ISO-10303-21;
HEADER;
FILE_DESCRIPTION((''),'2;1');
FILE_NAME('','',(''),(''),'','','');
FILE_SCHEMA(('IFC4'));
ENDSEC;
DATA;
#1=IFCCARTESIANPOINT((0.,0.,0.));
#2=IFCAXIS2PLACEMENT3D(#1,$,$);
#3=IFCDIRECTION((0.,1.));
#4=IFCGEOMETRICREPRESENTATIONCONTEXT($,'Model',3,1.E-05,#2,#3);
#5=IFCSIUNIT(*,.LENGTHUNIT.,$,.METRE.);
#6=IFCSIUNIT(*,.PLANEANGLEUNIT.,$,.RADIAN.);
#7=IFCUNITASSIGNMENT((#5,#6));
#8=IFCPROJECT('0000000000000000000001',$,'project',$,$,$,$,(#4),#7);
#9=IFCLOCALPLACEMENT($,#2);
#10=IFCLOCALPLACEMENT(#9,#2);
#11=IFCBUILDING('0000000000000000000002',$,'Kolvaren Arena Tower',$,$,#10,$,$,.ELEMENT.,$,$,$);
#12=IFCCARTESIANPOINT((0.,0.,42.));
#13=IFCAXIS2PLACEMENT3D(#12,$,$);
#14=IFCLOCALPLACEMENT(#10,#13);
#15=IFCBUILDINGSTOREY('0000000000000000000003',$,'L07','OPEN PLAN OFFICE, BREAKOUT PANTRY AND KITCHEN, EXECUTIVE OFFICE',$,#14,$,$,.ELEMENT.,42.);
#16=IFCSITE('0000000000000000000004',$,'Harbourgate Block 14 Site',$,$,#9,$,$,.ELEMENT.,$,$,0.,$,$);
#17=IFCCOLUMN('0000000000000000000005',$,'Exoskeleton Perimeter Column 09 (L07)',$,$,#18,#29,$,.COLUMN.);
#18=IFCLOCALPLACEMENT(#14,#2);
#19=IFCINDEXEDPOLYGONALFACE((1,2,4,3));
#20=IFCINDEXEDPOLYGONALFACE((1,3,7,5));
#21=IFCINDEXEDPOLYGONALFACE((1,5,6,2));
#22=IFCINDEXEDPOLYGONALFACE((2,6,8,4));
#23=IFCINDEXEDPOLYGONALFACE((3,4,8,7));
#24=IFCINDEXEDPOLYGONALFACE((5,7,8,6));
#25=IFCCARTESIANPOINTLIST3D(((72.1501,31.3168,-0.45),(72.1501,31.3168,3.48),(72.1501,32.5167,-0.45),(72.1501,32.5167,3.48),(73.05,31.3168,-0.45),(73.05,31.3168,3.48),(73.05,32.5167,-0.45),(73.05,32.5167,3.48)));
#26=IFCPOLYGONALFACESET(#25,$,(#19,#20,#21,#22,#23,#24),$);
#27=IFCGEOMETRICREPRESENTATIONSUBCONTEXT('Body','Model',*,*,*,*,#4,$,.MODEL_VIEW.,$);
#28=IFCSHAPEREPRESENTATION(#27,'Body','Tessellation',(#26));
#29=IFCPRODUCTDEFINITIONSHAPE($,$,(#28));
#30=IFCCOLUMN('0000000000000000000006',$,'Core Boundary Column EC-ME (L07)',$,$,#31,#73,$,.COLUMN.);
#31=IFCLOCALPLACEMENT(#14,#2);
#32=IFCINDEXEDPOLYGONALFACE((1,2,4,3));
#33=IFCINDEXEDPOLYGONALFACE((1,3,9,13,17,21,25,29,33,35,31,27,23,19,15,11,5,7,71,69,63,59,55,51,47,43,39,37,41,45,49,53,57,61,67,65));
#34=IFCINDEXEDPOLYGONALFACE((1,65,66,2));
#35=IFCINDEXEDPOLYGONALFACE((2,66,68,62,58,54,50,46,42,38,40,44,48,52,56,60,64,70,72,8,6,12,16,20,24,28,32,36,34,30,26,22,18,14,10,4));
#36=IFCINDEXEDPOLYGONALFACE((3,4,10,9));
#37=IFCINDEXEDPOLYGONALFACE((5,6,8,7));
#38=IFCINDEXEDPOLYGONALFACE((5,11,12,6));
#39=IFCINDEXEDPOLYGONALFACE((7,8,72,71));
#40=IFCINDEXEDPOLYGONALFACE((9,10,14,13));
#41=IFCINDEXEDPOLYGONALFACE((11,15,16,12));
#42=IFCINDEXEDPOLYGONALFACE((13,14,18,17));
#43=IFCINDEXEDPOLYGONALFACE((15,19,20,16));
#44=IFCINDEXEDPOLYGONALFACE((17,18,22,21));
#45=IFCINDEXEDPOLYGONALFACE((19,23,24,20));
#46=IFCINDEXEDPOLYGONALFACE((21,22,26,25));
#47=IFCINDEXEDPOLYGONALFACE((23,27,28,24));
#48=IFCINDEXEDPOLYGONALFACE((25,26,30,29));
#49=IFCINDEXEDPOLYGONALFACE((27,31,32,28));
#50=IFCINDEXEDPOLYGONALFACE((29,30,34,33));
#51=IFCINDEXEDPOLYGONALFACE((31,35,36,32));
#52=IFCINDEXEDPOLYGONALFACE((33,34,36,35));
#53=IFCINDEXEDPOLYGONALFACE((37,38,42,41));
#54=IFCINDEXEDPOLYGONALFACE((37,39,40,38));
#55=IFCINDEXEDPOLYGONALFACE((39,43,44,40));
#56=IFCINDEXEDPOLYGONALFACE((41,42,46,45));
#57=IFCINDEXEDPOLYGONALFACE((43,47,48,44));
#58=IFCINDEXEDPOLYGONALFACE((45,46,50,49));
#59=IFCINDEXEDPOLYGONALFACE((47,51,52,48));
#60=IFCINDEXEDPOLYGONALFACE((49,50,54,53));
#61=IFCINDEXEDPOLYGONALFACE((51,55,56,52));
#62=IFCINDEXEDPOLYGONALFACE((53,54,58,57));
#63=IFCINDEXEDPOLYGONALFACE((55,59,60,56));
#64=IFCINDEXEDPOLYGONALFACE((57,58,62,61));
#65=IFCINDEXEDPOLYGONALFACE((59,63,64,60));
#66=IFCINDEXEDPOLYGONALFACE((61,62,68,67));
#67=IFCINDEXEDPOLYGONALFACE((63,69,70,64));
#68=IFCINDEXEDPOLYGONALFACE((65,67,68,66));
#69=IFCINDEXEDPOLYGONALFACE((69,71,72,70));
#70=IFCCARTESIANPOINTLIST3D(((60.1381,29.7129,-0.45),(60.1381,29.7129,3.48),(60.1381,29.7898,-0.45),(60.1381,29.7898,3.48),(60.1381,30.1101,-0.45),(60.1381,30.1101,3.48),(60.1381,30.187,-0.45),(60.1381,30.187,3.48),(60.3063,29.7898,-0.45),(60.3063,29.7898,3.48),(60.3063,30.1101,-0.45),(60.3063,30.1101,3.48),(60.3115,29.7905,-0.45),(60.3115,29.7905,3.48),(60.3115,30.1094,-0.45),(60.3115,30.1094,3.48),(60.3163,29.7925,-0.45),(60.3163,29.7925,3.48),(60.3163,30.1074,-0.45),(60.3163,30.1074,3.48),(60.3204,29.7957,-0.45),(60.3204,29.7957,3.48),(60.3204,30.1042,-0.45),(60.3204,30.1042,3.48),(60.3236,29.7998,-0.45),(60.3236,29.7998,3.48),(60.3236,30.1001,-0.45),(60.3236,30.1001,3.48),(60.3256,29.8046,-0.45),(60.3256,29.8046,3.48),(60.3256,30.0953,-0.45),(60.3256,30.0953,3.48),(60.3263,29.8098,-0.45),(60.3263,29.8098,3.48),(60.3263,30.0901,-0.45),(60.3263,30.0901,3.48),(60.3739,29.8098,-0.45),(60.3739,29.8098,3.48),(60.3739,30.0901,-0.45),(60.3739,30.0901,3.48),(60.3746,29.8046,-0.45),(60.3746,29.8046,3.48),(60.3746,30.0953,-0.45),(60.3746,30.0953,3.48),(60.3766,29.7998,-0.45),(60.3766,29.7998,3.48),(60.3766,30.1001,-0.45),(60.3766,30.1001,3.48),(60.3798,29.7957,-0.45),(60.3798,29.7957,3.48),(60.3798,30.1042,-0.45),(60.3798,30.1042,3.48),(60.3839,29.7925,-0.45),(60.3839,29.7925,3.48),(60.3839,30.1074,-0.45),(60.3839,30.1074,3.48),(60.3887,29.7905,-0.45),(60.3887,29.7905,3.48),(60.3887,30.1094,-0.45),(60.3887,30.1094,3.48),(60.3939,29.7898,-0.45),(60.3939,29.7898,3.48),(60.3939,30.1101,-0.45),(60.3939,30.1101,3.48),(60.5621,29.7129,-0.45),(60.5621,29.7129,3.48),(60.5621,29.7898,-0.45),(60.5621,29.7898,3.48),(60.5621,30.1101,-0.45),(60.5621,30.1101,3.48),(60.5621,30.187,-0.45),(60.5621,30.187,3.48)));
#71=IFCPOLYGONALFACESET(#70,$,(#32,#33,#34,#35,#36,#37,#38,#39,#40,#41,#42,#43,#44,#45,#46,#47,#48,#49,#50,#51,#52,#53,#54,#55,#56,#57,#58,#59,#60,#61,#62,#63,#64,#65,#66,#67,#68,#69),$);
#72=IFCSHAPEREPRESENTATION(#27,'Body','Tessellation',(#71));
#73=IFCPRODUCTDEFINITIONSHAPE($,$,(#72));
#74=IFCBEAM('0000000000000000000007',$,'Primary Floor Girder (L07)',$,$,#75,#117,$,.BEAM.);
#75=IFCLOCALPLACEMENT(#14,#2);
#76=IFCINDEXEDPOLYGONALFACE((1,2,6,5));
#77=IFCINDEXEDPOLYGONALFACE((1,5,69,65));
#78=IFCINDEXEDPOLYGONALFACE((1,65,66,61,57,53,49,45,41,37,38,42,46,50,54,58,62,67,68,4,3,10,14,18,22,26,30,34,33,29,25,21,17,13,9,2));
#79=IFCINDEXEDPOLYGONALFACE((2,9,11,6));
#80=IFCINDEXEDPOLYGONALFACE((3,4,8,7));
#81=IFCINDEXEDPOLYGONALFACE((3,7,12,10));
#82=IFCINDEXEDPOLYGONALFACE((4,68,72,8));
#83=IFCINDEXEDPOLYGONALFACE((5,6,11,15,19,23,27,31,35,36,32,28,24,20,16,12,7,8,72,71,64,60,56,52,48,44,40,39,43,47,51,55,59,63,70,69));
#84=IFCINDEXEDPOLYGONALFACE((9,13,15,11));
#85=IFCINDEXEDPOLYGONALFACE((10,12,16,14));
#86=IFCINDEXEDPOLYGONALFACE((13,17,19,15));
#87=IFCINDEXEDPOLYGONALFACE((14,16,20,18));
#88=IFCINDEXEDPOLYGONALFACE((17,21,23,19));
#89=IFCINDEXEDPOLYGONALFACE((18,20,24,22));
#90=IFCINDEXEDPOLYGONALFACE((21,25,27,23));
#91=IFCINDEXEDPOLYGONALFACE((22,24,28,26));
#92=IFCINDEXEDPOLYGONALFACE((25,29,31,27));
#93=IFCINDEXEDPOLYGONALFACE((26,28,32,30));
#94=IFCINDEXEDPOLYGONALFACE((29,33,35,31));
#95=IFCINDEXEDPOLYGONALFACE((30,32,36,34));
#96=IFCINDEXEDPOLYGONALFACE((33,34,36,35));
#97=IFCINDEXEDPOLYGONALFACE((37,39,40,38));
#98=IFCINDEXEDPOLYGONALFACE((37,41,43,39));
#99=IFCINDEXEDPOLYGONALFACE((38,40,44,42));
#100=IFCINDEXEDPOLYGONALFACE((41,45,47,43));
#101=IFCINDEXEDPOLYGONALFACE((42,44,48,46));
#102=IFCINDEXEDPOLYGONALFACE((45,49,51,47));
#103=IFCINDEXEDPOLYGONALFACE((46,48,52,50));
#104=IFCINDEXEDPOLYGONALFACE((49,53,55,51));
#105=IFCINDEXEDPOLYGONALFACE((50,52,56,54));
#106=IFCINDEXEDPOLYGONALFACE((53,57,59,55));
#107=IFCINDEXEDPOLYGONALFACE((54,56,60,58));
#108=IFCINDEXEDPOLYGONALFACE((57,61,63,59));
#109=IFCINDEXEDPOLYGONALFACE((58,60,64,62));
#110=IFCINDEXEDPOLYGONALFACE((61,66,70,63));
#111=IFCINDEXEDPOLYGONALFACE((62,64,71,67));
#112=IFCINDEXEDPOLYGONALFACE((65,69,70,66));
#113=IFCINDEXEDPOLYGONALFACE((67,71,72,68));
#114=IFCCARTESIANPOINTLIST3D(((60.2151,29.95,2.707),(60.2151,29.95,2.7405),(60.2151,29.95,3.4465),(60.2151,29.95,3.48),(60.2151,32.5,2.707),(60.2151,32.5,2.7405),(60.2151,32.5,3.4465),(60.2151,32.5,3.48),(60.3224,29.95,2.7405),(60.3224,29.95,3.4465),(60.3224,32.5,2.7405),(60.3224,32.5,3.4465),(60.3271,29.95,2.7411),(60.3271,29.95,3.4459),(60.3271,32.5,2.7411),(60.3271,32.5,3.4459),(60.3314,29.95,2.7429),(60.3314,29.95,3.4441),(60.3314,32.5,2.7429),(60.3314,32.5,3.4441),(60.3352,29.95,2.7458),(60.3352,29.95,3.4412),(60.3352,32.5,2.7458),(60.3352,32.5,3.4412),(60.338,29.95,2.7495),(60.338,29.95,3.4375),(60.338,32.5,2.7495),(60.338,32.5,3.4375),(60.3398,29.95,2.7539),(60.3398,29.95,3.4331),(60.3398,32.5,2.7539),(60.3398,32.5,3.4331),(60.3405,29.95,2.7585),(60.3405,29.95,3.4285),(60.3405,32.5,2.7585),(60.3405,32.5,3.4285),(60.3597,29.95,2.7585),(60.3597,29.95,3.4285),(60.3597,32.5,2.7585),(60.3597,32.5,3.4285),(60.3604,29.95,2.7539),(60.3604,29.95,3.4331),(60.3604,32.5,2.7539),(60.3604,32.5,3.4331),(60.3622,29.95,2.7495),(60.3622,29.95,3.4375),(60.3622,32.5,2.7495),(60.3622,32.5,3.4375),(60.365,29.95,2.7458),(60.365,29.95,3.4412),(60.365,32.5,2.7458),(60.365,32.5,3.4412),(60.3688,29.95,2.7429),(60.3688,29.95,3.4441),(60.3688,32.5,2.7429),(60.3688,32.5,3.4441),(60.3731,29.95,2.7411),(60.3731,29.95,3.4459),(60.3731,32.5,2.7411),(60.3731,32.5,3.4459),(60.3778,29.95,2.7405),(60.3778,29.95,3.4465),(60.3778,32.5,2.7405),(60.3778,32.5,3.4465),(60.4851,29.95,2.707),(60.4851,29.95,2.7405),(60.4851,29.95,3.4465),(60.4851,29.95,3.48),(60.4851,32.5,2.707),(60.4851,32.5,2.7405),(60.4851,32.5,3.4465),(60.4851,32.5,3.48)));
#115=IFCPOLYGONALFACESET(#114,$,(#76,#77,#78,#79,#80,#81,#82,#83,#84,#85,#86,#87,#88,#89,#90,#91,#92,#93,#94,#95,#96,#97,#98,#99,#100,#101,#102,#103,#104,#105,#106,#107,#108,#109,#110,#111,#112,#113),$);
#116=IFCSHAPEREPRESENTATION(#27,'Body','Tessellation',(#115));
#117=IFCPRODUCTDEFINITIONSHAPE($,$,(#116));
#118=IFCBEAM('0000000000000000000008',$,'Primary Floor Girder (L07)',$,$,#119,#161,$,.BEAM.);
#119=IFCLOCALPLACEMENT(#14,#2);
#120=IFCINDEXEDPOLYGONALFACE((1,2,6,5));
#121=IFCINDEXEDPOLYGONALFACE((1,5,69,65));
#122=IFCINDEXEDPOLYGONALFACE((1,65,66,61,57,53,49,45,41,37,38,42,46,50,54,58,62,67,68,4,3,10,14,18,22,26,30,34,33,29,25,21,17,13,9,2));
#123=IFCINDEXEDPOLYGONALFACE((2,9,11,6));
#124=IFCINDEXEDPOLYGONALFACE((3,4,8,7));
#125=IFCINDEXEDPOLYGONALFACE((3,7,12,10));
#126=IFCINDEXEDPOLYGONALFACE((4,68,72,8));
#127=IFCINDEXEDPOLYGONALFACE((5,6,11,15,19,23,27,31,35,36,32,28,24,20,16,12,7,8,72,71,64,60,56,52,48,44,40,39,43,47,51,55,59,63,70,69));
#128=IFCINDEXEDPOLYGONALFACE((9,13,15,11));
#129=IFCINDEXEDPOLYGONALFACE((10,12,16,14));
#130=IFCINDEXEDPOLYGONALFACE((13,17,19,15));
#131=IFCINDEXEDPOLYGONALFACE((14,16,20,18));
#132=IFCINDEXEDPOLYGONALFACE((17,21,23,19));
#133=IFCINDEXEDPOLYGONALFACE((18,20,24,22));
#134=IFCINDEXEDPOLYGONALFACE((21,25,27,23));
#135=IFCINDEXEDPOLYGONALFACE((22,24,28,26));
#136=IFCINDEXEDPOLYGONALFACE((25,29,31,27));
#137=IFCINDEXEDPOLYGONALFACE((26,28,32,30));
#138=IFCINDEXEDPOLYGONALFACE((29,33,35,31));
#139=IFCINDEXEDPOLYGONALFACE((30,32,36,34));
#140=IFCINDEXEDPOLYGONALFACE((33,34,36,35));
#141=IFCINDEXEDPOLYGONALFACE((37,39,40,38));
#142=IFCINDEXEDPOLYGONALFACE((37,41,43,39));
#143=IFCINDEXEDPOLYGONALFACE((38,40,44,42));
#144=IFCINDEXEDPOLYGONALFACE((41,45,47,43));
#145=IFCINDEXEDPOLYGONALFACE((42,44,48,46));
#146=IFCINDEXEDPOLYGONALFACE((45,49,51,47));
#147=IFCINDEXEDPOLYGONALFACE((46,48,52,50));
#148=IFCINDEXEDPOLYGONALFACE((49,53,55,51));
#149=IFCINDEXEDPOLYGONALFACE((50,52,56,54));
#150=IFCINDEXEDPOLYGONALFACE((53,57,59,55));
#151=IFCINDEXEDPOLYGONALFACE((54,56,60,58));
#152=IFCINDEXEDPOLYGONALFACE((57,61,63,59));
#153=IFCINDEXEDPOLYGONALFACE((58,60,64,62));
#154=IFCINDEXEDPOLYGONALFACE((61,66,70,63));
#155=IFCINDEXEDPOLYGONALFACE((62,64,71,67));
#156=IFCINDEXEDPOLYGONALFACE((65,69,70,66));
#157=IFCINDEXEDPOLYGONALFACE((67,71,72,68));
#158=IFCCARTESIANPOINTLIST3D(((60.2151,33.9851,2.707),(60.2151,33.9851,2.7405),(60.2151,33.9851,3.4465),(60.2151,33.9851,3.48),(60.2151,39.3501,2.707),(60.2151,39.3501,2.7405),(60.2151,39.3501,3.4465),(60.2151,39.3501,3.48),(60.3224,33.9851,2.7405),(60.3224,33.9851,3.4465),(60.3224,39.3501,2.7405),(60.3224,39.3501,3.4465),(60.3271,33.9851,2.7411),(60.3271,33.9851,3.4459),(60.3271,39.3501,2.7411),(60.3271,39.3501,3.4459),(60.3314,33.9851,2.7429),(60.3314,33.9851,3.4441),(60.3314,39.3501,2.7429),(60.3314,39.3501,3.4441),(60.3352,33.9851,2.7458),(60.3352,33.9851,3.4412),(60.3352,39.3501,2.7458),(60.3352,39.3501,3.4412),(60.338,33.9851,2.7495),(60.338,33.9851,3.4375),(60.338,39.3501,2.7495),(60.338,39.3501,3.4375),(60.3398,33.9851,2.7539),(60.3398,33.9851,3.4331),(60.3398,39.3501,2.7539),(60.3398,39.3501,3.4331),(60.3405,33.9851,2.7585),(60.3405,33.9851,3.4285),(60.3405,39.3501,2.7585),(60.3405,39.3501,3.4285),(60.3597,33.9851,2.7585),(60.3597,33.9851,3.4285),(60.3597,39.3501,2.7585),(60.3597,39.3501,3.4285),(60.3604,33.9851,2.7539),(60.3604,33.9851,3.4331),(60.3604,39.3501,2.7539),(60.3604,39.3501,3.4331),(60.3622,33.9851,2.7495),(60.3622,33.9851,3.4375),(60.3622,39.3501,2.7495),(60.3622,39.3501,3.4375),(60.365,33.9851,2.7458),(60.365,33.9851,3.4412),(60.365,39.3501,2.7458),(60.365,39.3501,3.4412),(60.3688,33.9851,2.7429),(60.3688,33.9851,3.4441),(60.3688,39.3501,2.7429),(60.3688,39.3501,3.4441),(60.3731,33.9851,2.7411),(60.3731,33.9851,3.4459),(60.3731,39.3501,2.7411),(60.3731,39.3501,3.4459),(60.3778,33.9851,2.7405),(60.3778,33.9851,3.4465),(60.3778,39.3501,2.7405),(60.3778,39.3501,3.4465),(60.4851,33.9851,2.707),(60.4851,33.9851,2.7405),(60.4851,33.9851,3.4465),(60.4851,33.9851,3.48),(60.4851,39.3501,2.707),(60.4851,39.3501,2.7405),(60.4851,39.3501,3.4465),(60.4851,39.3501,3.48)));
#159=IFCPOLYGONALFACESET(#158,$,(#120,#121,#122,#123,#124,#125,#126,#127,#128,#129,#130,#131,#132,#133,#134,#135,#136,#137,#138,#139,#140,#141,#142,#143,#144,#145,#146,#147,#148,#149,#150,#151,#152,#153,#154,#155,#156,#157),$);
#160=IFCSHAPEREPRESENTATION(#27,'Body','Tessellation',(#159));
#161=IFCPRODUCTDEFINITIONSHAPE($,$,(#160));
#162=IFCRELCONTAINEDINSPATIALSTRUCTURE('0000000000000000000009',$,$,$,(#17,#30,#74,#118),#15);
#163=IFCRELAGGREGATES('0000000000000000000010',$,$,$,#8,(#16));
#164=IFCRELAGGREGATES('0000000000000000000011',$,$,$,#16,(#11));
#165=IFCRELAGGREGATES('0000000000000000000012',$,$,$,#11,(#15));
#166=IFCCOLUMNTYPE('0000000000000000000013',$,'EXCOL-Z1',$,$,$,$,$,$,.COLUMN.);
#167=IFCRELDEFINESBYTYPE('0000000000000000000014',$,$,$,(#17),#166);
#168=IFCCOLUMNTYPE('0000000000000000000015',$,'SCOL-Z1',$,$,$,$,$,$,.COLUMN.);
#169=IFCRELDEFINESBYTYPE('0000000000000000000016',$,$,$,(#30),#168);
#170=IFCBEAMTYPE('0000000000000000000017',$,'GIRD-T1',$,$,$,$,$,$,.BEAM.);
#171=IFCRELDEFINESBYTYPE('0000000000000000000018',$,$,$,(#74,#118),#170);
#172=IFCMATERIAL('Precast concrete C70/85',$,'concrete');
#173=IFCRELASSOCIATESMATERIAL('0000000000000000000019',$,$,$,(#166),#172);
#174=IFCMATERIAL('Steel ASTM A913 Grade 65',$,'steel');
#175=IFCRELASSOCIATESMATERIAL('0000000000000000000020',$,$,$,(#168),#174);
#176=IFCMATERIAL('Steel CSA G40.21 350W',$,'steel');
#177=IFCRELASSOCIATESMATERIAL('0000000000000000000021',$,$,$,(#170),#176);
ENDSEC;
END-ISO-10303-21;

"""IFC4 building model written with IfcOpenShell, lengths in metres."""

from ifc_helpers import new_model, si_unit, direction, frame, origin, origin_2d, place, context, subcontext, project, spatial, rectangle, i_section, extrude, material, material_profile, profile_set, type_object, element, save


model = new_model("IFC4")

# Units and contexts
model_context = context("Model", 3, precision=1e-05, world=origin(), true_north=direction((0.0, 1.0)))
body_context = subcontext(model_context, "Body", "Model", "MODEL_VIEW")
ifc_project = project(units=[si_unit("LENGTHUNIT", "METRE"), si_unit("PLANEANGLEUNIT", "RADIAN")], contexts=[model_context])

# Site, building, storey
site_placement = place(None, origin())
site = spatial("IfcSite", under=ifc_project, at=site_placement, Name="Harbourgate Block 14 Site", CompositionType="ELEMENT", RefElevation=0.0)
building_placement = place(site_placement, origin())
building = spatial("IfcBuilding", under=site, at=building_placement, Name="Kolvaren Arena Tower", CompositionType="ELEMENT")
storey_placement = place(building_placement, frame((0.0, 0.0, 42.0)))
storey = spatial("IfcBuildingStorey", under=building, at=storey_placement, Name="L07", Description="OPEN PLAN OFFICE, BREAKOUT PANTRY AND KITCHEN, EXECUTIVE OFFICE", CompositionType="ELEMENT", Elevation=42.0)

# Columns
ifc_material_1 = material(Name="Precast concrete C70/85", Category="concrete")
ifc_material_profile_1 = material_profile(ifc_material_1, rectangle(XDim=1.2, YDim=0.8999, at=origin_2d()), Name="RC-1200x900")
ifc_profile_set_1 = profile_set([ifc_material_profile_1], Name="Precast concrete C70/85")
column_type_1 = type_object("IfcColumnType", Name="EXCOL-Z1", PredefinedType="COLUMN", material=ifc_profile_set_1)
column_1_placement = place(storey_placement, frame((72.6001, 31.9167, -0.45), z_axis=(0.0, 0.0, 1.0), x_axis=(0.0, 1.0, 0.0)))
element("IfcColumn", 1, at=column_1_placement, inside=storey, type_object=column_type_1, Name="Exoskeleton Perimeter Column 09 (L07)", PredefinedType="COLUMN", context=body_context, shape_type="SweptSolid", body=[
    extrude(rectangle(XDim=1.2, YDim=0.8999, at=origin_2d()), origin(), (0.0, 0.0, 1.0), 3.9299),
])
ifc_material_2 = material(Name="Steel ASTM A913 Grade 65", Category="steel")
ifc_material_profile_2 = material_profile(ifc_material_2, i_section(OverallWidth=0.4241, OverallDepth=0.4741, WebThickness=0.0476, FlangeThickness=0.0769, FilletRadius=0.02, at=origin_2d()), Name="W360x634")
ifc_profile_set_2 = profile_set([ifc_material_profile_2], Name="Steel ASTM A913 Grade 65")
column_type_2 = type_object("IfcColumnType", Name="SCOL-Z1", PredefinedType="COLUMN", material=ifc_profile_set_2)
column_2_placement = place(storey_placement, frame((60.3501, 29.95, -0.45), z_axis=(0.0, 0.0, 1.0), x_axis=(1.0, 0.0, 0.0)))
element("IfcColumn", 2, at=column_2_placement, inside=storey, type_object=column_type_2, Name="Core Boundary Column EC-ME (L07)", PredefinedType="COLUMN", context=body_context, shape_type="SweptSolid", body=[
    extrude(i_section(OverallWidth=0.4241, OverallDepth=0.4741, WebThickness=0.0476, FlangeThickness=0.0769, FilletRadius=0.02, at=origin_2d()), origin(), (0.0, 0.0, 1.0), 3.9299),
])

# Beams
ifc_material_3 = material(Name="Steel CSA G40.21 350W", Category="steel")
ifc_material_profile_3 = material_profile(ifc_material_3, i_section(OverallWidth=0.27, OverallDepth=0.7729, WebThickness=0.0193, FlangeThickness=0.0334, FilletRadius=0.0181, at=origin_2d()), Name="W760x257")
ifc_profile_set_3 = profile_set([ifc_material_profile_3], Name="Steel CSA G40.21 350W")
beam_type_1 = type_object("IfcBeamType", Name="GIRD-T1", PredefinedType="BEAM", material=ifc_profile_set_3)
beam_1_placement = place(storey_placement, frame((60.3501, 29.95, 3.0935), z_axis=(0.0, 1.0, 0.0), x_axis=(-1.0, 0.0, 0.0)))
element("IfcBeam", 3, at=beam_1_placement, inside=storey, type_object=beam_type_1, Name="Primary Floor Girder (L07)", PredefinedType="BEAM", context=body_context, shape_type="SweptSolid", body=[
    extrude(i_section(OverallWidth=0.27, OverallDepth=0.7729, WebThickness=0.0193, FlangeThickness=0.0334, FilletRadius=0.0181, at=origin_2d()), origin(), (0.0, 0.0, 1.0), 2.55),
])
beam_2_placement = place(storey_placement, frame((60.3501, 33.9851, 3.0935), z_axis=(0.0, 1.0, 0.0), x_axis=(-1.0, 0.0, 0.0)))
element("IfcBeam", 4, at=beam_2_placement, inside=storey, type_object=beam_type_1, Name="Primary Floor Girder (L07)", PredefinedType="BEAM", context=body_context, shape_type="SweptSolid", body=[
    extrude(i_section(OverallWidth=0.27, OverallDepth=0.7729, WebThickness=0.0193, FlangeThickness=0.0334, FilletRadius=0.0181, at=origin_2d()), origin(), (0.0, 0.0, 1.0), 5.365),
])

save(model, "model.ifc")
